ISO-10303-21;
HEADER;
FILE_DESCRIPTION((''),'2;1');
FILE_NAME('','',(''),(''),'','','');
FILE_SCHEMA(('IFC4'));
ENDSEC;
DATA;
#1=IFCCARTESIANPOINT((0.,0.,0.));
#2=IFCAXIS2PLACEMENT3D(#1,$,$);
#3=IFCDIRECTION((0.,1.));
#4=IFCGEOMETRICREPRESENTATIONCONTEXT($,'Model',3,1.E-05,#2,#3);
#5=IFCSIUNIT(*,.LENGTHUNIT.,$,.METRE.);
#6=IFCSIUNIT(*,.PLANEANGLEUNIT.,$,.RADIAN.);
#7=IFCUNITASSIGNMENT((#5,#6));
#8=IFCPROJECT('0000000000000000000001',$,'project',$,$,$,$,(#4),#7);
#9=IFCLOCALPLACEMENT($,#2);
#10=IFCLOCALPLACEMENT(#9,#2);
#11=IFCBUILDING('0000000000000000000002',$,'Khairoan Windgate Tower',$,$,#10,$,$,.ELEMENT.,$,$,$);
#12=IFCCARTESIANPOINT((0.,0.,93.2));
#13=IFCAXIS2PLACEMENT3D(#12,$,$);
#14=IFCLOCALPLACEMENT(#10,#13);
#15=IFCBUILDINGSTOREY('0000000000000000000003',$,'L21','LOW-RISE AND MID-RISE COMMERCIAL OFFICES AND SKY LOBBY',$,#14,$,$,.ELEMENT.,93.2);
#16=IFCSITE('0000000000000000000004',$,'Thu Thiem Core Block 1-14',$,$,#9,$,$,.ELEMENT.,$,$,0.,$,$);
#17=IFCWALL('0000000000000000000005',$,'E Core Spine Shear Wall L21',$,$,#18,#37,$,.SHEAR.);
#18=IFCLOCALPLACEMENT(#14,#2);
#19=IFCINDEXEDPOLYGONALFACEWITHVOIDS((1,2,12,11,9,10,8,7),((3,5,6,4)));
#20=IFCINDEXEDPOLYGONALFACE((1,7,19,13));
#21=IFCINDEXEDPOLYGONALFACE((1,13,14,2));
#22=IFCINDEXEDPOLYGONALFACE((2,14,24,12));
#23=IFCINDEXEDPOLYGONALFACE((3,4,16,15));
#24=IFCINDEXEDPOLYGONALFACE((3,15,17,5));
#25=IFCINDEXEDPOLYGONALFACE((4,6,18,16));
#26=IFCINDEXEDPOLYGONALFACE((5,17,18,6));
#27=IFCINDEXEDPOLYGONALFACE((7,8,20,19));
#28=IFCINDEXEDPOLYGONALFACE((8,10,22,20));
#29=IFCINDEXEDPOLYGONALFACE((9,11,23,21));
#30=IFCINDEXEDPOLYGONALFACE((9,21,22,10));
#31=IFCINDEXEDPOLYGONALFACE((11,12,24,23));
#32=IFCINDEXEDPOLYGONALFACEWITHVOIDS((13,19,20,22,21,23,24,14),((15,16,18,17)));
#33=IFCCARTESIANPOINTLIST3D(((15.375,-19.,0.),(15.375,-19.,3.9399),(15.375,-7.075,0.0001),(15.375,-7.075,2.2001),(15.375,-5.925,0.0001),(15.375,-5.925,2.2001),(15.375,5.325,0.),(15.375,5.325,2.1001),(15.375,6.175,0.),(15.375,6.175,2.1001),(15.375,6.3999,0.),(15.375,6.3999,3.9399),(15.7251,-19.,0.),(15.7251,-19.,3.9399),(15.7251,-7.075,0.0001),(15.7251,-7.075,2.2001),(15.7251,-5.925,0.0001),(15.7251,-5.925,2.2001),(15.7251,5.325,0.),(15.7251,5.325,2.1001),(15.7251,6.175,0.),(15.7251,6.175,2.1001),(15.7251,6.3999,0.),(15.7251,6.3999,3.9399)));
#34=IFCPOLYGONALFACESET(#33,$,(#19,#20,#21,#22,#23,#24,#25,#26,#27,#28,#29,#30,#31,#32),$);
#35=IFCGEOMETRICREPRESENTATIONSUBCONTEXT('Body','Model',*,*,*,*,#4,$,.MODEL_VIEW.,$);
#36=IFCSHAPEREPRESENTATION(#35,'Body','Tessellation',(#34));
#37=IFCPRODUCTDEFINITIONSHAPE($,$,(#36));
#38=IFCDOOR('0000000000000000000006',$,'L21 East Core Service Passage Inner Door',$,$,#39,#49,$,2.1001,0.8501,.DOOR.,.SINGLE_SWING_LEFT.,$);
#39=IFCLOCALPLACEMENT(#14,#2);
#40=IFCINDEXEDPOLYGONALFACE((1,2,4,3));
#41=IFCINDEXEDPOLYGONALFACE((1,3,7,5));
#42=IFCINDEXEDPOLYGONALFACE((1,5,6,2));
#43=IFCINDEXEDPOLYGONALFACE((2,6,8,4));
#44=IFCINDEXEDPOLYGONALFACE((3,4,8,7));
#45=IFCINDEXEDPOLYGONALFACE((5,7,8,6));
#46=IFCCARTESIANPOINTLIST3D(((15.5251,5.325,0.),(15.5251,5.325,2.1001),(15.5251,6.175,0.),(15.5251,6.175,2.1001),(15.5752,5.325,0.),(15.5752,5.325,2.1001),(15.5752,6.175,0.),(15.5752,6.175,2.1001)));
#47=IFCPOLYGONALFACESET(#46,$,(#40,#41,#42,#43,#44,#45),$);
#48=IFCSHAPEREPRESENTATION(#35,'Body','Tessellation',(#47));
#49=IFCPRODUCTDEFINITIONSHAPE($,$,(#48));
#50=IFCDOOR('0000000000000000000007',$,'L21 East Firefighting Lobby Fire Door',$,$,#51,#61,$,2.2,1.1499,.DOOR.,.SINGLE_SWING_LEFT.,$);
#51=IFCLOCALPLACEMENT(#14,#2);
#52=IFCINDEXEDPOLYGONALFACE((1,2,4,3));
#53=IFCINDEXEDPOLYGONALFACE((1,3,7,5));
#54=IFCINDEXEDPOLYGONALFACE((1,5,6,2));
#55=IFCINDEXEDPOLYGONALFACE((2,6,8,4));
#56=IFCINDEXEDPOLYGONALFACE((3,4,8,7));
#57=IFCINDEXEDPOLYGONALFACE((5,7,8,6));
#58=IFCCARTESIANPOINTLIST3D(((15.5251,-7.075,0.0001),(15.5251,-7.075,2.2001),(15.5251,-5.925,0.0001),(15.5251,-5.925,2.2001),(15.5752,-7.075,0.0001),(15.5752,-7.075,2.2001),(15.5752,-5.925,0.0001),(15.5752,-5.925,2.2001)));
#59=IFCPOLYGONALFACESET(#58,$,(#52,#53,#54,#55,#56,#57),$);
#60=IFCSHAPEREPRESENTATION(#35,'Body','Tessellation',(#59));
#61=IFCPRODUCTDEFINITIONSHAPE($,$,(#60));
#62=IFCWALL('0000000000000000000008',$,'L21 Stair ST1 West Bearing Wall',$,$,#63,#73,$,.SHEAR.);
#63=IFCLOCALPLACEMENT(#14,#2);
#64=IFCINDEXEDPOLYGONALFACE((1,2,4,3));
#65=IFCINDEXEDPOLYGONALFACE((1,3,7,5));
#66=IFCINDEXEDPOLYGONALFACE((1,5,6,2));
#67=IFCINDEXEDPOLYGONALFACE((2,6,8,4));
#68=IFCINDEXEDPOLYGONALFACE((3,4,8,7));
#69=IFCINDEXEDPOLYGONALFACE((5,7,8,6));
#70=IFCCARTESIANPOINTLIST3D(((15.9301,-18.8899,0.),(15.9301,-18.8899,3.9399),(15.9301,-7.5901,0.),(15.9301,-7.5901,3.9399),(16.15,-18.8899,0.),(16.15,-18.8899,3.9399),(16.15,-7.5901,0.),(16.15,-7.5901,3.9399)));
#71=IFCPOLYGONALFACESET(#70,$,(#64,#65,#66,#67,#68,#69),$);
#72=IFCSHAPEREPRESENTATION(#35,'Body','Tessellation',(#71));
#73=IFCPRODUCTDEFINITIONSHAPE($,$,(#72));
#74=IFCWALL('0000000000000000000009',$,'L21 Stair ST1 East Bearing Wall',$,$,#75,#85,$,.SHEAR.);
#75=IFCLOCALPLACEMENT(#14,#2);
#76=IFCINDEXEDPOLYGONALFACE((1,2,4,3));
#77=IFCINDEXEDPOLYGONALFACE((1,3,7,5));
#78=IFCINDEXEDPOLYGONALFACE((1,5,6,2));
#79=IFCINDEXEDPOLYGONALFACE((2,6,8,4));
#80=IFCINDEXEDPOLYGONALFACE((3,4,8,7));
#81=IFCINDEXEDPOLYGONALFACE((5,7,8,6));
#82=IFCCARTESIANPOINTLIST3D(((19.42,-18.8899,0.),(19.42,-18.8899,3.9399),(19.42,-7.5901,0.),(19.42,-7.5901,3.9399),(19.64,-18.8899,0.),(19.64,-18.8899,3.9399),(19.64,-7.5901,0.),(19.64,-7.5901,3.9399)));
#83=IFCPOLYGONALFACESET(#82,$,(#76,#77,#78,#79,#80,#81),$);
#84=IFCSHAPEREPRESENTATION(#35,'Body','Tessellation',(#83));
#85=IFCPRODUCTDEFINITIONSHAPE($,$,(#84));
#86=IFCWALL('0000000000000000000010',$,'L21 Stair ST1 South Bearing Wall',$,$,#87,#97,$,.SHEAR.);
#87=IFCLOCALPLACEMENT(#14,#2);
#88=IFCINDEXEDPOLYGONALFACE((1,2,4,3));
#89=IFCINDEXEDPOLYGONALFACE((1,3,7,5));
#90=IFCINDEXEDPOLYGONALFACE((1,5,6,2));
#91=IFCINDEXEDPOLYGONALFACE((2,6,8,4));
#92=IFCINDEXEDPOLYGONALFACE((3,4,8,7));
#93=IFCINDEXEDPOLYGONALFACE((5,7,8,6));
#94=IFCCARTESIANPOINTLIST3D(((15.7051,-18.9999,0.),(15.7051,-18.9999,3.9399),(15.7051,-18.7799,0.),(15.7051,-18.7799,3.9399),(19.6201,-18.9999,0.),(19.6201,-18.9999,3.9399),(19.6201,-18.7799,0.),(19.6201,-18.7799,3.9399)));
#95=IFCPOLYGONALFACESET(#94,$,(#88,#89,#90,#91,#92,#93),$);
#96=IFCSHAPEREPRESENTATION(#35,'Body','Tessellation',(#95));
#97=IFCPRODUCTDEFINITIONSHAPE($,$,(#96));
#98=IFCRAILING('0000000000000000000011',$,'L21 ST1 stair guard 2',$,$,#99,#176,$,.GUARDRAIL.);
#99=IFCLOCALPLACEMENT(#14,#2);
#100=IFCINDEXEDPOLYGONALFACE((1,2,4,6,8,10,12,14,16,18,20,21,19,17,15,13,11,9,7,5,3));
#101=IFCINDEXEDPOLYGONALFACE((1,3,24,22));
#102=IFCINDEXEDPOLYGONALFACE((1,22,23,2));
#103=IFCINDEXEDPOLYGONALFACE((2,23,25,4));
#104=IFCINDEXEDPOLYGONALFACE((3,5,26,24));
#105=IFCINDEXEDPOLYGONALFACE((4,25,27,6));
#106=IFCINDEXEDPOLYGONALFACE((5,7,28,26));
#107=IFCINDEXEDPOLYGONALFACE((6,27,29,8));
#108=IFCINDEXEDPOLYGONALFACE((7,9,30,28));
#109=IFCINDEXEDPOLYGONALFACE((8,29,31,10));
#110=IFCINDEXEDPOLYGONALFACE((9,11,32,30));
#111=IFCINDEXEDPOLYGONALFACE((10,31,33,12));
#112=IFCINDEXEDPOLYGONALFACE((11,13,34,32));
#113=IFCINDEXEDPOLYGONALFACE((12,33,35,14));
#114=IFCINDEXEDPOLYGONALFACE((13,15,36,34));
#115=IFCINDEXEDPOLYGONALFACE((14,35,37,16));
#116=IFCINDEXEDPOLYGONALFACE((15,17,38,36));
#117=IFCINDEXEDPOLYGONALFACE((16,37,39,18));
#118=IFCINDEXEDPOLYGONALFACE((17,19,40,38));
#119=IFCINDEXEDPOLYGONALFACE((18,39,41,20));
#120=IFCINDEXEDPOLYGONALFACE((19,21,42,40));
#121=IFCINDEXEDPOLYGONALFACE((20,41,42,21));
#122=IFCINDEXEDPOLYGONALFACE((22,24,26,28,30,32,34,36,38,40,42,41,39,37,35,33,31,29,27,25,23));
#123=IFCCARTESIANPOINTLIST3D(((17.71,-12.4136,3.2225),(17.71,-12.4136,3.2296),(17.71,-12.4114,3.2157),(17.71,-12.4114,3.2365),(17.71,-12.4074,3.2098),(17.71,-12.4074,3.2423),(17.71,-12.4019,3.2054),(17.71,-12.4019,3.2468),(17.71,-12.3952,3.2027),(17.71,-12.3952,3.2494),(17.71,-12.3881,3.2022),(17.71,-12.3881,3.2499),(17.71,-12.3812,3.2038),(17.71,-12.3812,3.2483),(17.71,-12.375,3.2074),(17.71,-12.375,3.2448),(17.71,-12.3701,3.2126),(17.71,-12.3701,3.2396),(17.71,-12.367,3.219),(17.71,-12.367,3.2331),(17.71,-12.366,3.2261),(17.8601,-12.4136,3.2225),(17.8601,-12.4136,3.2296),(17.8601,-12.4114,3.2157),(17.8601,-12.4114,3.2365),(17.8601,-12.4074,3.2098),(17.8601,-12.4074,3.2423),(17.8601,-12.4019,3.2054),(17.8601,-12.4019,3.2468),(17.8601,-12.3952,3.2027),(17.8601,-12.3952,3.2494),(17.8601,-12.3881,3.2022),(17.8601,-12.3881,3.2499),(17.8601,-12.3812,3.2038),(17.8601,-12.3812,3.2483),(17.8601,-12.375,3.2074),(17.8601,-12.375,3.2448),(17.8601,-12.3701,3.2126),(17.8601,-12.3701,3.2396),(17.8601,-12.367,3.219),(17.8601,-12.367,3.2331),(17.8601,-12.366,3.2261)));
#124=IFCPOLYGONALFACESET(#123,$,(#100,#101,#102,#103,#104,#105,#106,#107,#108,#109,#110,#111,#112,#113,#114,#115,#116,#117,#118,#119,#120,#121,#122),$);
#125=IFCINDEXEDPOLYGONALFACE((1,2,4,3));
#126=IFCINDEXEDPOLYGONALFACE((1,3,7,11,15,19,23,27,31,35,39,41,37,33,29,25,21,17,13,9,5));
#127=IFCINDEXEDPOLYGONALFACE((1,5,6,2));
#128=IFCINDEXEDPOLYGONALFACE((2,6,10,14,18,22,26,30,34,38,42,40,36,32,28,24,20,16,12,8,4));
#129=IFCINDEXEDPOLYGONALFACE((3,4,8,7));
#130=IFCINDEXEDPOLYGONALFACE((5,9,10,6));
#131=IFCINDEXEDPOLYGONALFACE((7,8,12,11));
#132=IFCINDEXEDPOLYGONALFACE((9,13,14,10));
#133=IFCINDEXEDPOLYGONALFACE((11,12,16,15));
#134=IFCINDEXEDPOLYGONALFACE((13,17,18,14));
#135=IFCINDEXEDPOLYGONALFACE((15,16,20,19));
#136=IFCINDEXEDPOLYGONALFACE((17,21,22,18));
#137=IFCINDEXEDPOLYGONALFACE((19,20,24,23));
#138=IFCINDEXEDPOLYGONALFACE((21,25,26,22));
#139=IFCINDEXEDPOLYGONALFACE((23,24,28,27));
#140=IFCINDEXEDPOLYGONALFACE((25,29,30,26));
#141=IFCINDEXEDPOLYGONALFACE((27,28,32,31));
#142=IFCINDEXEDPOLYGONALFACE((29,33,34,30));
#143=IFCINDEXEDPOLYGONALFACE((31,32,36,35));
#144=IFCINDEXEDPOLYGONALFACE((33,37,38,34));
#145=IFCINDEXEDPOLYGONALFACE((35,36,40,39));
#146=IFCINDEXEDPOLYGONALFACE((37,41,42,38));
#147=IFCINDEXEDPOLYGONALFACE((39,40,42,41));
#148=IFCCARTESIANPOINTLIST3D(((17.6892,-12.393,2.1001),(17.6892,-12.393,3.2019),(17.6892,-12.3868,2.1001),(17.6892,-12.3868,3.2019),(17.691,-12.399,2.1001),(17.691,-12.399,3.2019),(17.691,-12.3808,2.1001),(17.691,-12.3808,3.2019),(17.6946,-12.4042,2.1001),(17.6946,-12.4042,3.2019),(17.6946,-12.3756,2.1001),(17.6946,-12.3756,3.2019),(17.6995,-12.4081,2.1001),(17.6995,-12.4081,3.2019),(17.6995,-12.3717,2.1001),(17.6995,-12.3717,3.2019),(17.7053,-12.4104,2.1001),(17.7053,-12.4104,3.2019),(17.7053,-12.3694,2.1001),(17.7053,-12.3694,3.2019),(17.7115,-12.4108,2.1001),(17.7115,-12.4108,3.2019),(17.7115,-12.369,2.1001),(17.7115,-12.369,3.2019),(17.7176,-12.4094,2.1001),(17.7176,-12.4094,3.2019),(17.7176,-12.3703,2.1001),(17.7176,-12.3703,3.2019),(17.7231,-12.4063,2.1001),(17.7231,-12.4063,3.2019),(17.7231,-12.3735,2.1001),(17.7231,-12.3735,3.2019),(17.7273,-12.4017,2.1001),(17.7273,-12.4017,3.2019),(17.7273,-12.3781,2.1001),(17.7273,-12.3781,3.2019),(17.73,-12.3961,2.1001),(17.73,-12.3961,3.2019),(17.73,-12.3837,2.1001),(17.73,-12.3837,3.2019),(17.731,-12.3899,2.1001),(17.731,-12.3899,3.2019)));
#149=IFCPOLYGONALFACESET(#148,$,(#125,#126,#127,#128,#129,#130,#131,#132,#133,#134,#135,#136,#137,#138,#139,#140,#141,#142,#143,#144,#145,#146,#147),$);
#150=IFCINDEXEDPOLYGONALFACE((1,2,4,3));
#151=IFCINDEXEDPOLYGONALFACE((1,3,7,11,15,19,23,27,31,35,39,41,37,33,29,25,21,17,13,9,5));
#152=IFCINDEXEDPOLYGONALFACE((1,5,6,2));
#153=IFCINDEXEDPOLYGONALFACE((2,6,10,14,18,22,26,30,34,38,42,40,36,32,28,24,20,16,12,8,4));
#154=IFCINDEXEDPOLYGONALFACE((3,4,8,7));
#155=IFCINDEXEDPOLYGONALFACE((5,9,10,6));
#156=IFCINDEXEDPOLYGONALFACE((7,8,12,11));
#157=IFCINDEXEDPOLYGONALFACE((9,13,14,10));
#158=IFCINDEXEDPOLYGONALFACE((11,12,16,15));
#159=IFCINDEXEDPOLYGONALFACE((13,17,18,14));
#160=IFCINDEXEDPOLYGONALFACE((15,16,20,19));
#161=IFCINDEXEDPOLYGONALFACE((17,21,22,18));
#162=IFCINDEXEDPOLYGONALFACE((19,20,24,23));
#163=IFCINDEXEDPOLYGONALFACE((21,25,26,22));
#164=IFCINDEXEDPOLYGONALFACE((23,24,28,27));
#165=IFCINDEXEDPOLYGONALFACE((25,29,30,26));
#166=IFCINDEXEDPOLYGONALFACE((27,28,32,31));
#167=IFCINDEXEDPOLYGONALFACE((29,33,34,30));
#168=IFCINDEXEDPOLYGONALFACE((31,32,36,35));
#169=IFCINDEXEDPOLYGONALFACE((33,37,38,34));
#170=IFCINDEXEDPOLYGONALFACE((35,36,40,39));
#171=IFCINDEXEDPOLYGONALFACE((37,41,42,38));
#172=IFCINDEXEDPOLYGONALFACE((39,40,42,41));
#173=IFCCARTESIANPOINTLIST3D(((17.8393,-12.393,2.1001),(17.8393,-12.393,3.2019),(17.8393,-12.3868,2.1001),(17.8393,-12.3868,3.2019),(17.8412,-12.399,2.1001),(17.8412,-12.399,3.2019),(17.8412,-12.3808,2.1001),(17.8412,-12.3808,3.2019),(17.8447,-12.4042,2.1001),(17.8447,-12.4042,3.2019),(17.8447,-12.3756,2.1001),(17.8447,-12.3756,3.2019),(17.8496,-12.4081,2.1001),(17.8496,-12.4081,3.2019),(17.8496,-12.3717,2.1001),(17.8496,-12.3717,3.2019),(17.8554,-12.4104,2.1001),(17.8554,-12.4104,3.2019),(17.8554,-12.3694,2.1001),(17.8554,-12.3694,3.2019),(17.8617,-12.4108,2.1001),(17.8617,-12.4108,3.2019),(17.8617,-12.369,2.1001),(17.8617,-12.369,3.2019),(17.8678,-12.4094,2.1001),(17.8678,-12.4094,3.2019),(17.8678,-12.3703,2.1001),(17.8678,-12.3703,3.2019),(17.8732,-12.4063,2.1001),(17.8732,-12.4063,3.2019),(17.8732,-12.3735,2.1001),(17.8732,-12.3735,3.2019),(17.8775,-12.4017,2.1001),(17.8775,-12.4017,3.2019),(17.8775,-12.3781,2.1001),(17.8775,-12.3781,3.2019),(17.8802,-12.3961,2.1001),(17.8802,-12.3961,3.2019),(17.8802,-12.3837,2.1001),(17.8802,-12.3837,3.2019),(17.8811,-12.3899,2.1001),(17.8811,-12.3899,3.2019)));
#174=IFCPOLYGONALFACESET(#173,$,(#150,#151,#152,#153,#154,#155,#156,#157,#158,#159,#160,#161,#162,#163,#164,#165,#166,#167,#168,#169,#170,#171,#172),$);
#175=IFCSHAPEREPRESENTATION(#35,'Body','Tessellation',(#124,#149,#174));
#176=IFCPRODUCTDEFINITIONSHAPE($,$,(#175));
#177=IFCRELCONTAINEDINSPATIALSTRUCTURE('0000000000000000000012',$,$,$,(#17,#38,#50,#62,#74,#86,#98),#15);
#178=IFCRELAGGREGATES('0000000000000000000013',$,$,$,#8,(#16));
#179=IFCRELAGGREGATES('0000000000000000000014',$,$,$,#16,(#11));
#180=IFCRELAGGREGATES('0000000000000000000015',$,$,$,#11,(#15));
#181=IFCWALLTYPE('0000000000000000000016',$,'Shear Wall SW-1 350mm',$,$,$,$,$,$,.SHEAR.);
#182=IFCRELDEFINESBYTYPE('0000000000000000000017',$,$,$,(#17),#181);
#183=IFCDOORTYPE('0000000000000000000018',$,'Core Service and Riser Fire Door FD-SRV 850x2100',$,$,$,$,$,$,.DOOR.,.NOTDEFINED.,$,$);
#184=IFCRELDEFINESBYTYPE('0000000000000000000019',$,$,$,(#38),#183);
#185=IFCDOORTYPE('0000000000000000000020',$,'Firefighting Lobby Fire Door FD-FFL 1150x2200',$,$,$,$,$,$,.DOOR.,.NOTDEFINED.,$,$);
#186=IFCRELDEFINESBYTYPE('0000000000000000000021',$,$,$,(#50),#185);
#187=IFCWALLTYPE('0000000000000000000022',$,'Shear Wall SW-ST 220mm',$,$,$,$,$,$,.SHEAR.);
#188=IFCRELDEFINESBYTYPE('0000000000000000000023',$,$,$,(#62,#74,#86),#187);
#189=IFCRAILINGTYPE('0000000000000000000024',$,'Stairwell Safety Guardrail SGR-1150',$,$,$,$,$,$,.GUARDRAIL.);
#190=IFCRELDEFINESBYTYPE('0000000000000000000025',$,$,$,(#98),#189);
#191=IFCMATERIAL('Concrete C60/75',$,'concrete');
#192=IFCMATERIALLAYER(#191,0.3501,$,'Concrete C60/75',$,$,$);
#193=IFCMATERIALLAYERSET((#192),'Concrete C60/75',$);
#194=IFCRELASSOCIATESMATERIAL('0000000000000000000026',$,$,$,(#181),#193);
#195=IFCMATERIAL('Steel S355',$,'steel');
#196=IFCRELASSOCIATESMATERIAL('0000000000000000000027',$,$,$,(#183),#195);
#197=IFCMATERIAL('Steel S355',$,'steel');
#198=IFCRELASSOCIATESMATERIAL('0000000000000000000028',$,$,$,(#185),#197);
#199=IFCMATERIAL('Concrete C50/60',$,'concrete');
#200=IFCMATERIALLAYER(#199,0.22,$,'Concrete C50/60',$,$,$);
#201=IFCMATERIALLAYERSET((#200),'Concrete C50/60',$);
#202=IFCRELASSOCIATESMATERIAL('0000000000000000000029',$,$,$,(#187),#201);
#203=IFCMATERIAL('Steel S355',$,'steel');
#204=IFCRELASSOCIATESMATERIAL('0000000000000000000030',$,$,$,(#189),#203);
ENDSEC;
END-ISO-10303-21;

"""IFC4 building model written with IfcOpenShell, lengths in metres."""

from ifc_helpers import new_model, si_unit, direction, frame, frame_2d, origin, origin_2d, place, context, subcontext, project, spatial, rectangle, circle, extrude, material, layer, layer_set, type_object, element, fill, save


model = new_model("IFC4")

# Units and contexts
model_context = context("Model", 3, precision=1e-05, world=origin(), true_north=direction((0.0, 1.0)))
body_context = subcontext(model_context, "Body", "Model", "MODEL_VIEW")
ifc_project = project(units=[si_unit("LENGTHUNIT", "METRE"), si_unit("PLANEANGLEUNIT", "RADIAN")], contexts=[model_context])

# Site, building, storey
site_placement = place(None, origin())
site = spatial("IfcSite", under=ifc_project, at=site_placement, Name="Thu Thiem Core Block 1-14", CompositionType="ELEMENT", RefElevation=0.0)
building_placement = place(site_placement, origin())
building = spatial("IfcBuilding", under=site, at=building_placement, Name="Khairoan Windgate Tower", CompositionType="ELEMENT")
storey_placement = place(building_placement, frame((0.0, 0.0, 93.2)))
storey = spatial("IfcBuildingStorey", under=building, at=storey_placement, Name="L21", Description="LOW-RISE AND MID-RISE COMMERCIAL OFFICES AND SKY LOBBY", CompositionType="ELEMENT", Elevation=93.2)

# Wall, openings, doors
ifc_material_1 = material(Name="Concrete C60/75", Category="concrete")
ifc_layer_1 = layer(ifc_material_1, 0.3501, Name="Concrete C60/75")
ifc_layer_set_1 = layer_set([ifc_layer_1], Name="Concrete C60/75")
wall_type_1 = type_object("IfcWallType", Name="Shear Wall SW-1 350mm", PredefinedType="SHEAR", material=ifc_layer_set_1)
wall_1_placement = place(storey_placement, frame((15.55, -19.0, 0.0), z_axis=(0.0, 0.0, 1.0), x_axis=(0.0, 1.0, 0.0)))
wall_1 = element("IfcWall", 1, at=wall_1_placement, inside=storey, type_object=wall_type_1, Name="E Core Spine Shear Wall L21", PredefinedType="SHEAR", context=body_context, shape_type="SweptSolid", body=[
    extrude(rectangle(XDim=25.3999, YDim=0.3501, at=frame_2d((12.7, 0.0))), origin(), (0.0, 0.0, 1.0), 3.9399),
])
opening_1_placement = place(wall_1_placement, frame((11.925, 0.0, 0.0)))
opening_1 = element("IfcOpeningElement", 2, at=opening_1_placement, cuts=wall_1, PredefinedType="OPENING", context=body_context, shape_type="SweptSolid", body=[
    extrude(rectangle(XDim=1.1499, YDim=2.2, at=frame_2d((0.575, 1.1001))), frame((0.0, 0.1851, 0.0), z_axis=(0.0, -1.0, 0.0), x_axis=(1.0, 0.0, 0.0)), (0.0, 0.0, 1.0), 0.3701),
])
opening_2_placement = place(wall_1_placement, frame((24.325, 0.0, 0.0)))
opening_2 = element("IfcOpeningElement", 3, at=opening_2_placement, cuts=wall_1, PredefinedType="OPENING", context=body_context, shape_type="SweptSolid", body=[
    extrude(rectangle(XDim=0.8501, YDim=2.1001, at=frame_2d((0.425, 1.05))), frame((0.0, 0.1851, 0.0), z_axis=(0.0, -1.0, 0.0), x_axis=(1.0, 0.0, 0.0)), (0.0, 0.0, 1.0), 0.3701),
])
ifc_material_2 = material(Name="Steel S355", Category="steel")
door_type_1 = type_object("IfcDoorType", Name="Core Service and Riser Fire Door FD-SRV 850x2100", OperationType="NOTDEFINED", PredefinedType="DOOR", material=ifc_material_2)
door_1_placement = place(opening_2_placement, origin())
door_1 = element("IfcDoor", 4, at=door_1_placement, inside=storey, type_object=door_type_1, Name="L21 East Core Service Passage Inner Door", OperationType="SINGLE_SWING_LEFT", OverallHeight=2.1001, OverallWidth=0.8501, PredefinedType="DOOR", context=body_context, shape_type="SweptSolid", body=[
    extrude(rectangle(XDim=0.8501, YDim=2.1001, at=frame_2d((0.425, 1.05))), frame((0.0, 0.0249, 0.0), z_axis=(0.0, -1.0, 0.0), x_axis=(1.0, 0.0, 0.0)), (0.0, 0.0, 1.0), 0.05),
])
fill(opening_2, door_1)
ifc_material_3 = material(Name="Steel S355", Category="steel")
door_type_2 = type_object("IfcDoorType", Name="Firefighting Lobby Fire Door FD-FFL 1150x2200", OperationType="NOTDEFINED", PredefinedType="DOOR", material=ifc_material_3)
door_2_placement = place(opening_1_placement, origin())
door_2 = element("IfcDoor", 5, at=door_2_placement, inside=storey, type_object=door_type_2, Name="L21 East Firefighting Lobby Fire Door", OperationType="SINGLE_SWING_LEFT", OverallHeight=2.2, OverallWidth=1.1499, PredefinedType="DOOR", context=body_context, shape_type="SweptSolid", body=[
    extrude(rectangle(XDim=1.1499, YDim=2.2, at=frame_2d((0.575, 1.1001))), frame((0.0, 0.0249, 0.0), z_axis=(0.0, -1.0, 0.0), x_axis=(1.0, 0.0, 0.0)), (0.0, 0.0, 1.0), 0.05),
])
fill(opening_1, door_2)

# Walls
ifc_material_4 = material(Name="Concrete C50/60", Category="concrete")
ifc_layer_2 = layer(ifc_material_4, 0.22, Name="Concrete C50/60")
ifc_layer_set_2 = layer_set([ifc_layer_2], Name="Concrete C50/60")
wall_type_2 = type_object("IfcWallType", Name="Shear Wall SW-ST 220mm", PredefinedType="SHEAR", material=ifc_layer_set_2)
for number, where, z_axis, x_axis, name in (
    (6, (16.04, -18.8899, 0.0), (0.0, 0.0, 1.0), (0.0, 1.0, 0.0), "L21 Stair ST1 West Bearing Wall"),
    (7, (19.53, -18.8899, 0.0), (0.0, 0.0, 1.0), (0.0, 1.0, 0.0), "L21 Stair ST1 East Bearing Wall"),
):
    element("IfcWall", number, at=place(storey_placement, frame(where, z_axis=z_axis, x_axis=x_axis)), inside=storey, type_object=wall_type_2, Name=name, PredefinedType="SHEAR", context=body_context, shape_type="SweptSolid", body=[
        extrude(rectangle(XDim=11.2998, YDim=0.22, at=frame_2d((5.6499, 0.0))), origin(), (0.0, 0.0, 1.0), 3.9399),
    ])
wall_2_placement = place(storey_placement, frame((15.7051, -18.8899, 0.0), z_axis=(0.0, 0.0, 1.0), x_axis=(1.0, 0.0, 0.0)))
element("IfcWall", 8, at=wall_2_placement, inside=storey, type_object=wall_type_2, Name="L21 Stair ST1 South Bearing Wall", PredefinedType="SHEAR", context=body_context, shape_type="SweptSolid", body=[
    extrude(rectangle(XDim=3.915, YDim=0.22, at=frame_2d((1.9575, 0.0))), origin(), (0.0, 0.0, 1.0), 3.9399),
])

# Railing
ifc_material_5 = material(Name="Steel S355", Category="steel")
railing_type = type_object("IfcRailingType", Name="Stairwell Safety Guardrail SGR-1150", PredefinedType="GUARDRAIL", material=ifc_material_5)
railing_1_placement = place(storey_placement, frame((17.71, -12.3899, 2.1001)))
element("IfcRailing", 9, at=railing_1_placement, inside=storey, type_object=railing_type, Name="L21 ST1 stair guard 2", PredefinedType="GUARDRAIL", context=body_context, shape_type="SweptSolid", body=[
    extrude(circle(Radius=0.0239, at=origin_2d()), frame((0.0, 0.0, 1.126), z_axis=(1.0, 0.0, 0.0), x_axis=(0.0, 1.0, 0.0)), (0.0, 0.0, 1.0), 0.1501),
    extrude(circle(Radius=0.021, at=origin_2d()), origin(), (0.0, 0.0, 1.0), 1.1018),
    extrude(circle(Radius=0.021, at=origin_2d()), frame((0.1501, 0.0, 0.0)), (0.0, 0.0, 1.0), 1.1018),
])

save(model, "model.ifc")
